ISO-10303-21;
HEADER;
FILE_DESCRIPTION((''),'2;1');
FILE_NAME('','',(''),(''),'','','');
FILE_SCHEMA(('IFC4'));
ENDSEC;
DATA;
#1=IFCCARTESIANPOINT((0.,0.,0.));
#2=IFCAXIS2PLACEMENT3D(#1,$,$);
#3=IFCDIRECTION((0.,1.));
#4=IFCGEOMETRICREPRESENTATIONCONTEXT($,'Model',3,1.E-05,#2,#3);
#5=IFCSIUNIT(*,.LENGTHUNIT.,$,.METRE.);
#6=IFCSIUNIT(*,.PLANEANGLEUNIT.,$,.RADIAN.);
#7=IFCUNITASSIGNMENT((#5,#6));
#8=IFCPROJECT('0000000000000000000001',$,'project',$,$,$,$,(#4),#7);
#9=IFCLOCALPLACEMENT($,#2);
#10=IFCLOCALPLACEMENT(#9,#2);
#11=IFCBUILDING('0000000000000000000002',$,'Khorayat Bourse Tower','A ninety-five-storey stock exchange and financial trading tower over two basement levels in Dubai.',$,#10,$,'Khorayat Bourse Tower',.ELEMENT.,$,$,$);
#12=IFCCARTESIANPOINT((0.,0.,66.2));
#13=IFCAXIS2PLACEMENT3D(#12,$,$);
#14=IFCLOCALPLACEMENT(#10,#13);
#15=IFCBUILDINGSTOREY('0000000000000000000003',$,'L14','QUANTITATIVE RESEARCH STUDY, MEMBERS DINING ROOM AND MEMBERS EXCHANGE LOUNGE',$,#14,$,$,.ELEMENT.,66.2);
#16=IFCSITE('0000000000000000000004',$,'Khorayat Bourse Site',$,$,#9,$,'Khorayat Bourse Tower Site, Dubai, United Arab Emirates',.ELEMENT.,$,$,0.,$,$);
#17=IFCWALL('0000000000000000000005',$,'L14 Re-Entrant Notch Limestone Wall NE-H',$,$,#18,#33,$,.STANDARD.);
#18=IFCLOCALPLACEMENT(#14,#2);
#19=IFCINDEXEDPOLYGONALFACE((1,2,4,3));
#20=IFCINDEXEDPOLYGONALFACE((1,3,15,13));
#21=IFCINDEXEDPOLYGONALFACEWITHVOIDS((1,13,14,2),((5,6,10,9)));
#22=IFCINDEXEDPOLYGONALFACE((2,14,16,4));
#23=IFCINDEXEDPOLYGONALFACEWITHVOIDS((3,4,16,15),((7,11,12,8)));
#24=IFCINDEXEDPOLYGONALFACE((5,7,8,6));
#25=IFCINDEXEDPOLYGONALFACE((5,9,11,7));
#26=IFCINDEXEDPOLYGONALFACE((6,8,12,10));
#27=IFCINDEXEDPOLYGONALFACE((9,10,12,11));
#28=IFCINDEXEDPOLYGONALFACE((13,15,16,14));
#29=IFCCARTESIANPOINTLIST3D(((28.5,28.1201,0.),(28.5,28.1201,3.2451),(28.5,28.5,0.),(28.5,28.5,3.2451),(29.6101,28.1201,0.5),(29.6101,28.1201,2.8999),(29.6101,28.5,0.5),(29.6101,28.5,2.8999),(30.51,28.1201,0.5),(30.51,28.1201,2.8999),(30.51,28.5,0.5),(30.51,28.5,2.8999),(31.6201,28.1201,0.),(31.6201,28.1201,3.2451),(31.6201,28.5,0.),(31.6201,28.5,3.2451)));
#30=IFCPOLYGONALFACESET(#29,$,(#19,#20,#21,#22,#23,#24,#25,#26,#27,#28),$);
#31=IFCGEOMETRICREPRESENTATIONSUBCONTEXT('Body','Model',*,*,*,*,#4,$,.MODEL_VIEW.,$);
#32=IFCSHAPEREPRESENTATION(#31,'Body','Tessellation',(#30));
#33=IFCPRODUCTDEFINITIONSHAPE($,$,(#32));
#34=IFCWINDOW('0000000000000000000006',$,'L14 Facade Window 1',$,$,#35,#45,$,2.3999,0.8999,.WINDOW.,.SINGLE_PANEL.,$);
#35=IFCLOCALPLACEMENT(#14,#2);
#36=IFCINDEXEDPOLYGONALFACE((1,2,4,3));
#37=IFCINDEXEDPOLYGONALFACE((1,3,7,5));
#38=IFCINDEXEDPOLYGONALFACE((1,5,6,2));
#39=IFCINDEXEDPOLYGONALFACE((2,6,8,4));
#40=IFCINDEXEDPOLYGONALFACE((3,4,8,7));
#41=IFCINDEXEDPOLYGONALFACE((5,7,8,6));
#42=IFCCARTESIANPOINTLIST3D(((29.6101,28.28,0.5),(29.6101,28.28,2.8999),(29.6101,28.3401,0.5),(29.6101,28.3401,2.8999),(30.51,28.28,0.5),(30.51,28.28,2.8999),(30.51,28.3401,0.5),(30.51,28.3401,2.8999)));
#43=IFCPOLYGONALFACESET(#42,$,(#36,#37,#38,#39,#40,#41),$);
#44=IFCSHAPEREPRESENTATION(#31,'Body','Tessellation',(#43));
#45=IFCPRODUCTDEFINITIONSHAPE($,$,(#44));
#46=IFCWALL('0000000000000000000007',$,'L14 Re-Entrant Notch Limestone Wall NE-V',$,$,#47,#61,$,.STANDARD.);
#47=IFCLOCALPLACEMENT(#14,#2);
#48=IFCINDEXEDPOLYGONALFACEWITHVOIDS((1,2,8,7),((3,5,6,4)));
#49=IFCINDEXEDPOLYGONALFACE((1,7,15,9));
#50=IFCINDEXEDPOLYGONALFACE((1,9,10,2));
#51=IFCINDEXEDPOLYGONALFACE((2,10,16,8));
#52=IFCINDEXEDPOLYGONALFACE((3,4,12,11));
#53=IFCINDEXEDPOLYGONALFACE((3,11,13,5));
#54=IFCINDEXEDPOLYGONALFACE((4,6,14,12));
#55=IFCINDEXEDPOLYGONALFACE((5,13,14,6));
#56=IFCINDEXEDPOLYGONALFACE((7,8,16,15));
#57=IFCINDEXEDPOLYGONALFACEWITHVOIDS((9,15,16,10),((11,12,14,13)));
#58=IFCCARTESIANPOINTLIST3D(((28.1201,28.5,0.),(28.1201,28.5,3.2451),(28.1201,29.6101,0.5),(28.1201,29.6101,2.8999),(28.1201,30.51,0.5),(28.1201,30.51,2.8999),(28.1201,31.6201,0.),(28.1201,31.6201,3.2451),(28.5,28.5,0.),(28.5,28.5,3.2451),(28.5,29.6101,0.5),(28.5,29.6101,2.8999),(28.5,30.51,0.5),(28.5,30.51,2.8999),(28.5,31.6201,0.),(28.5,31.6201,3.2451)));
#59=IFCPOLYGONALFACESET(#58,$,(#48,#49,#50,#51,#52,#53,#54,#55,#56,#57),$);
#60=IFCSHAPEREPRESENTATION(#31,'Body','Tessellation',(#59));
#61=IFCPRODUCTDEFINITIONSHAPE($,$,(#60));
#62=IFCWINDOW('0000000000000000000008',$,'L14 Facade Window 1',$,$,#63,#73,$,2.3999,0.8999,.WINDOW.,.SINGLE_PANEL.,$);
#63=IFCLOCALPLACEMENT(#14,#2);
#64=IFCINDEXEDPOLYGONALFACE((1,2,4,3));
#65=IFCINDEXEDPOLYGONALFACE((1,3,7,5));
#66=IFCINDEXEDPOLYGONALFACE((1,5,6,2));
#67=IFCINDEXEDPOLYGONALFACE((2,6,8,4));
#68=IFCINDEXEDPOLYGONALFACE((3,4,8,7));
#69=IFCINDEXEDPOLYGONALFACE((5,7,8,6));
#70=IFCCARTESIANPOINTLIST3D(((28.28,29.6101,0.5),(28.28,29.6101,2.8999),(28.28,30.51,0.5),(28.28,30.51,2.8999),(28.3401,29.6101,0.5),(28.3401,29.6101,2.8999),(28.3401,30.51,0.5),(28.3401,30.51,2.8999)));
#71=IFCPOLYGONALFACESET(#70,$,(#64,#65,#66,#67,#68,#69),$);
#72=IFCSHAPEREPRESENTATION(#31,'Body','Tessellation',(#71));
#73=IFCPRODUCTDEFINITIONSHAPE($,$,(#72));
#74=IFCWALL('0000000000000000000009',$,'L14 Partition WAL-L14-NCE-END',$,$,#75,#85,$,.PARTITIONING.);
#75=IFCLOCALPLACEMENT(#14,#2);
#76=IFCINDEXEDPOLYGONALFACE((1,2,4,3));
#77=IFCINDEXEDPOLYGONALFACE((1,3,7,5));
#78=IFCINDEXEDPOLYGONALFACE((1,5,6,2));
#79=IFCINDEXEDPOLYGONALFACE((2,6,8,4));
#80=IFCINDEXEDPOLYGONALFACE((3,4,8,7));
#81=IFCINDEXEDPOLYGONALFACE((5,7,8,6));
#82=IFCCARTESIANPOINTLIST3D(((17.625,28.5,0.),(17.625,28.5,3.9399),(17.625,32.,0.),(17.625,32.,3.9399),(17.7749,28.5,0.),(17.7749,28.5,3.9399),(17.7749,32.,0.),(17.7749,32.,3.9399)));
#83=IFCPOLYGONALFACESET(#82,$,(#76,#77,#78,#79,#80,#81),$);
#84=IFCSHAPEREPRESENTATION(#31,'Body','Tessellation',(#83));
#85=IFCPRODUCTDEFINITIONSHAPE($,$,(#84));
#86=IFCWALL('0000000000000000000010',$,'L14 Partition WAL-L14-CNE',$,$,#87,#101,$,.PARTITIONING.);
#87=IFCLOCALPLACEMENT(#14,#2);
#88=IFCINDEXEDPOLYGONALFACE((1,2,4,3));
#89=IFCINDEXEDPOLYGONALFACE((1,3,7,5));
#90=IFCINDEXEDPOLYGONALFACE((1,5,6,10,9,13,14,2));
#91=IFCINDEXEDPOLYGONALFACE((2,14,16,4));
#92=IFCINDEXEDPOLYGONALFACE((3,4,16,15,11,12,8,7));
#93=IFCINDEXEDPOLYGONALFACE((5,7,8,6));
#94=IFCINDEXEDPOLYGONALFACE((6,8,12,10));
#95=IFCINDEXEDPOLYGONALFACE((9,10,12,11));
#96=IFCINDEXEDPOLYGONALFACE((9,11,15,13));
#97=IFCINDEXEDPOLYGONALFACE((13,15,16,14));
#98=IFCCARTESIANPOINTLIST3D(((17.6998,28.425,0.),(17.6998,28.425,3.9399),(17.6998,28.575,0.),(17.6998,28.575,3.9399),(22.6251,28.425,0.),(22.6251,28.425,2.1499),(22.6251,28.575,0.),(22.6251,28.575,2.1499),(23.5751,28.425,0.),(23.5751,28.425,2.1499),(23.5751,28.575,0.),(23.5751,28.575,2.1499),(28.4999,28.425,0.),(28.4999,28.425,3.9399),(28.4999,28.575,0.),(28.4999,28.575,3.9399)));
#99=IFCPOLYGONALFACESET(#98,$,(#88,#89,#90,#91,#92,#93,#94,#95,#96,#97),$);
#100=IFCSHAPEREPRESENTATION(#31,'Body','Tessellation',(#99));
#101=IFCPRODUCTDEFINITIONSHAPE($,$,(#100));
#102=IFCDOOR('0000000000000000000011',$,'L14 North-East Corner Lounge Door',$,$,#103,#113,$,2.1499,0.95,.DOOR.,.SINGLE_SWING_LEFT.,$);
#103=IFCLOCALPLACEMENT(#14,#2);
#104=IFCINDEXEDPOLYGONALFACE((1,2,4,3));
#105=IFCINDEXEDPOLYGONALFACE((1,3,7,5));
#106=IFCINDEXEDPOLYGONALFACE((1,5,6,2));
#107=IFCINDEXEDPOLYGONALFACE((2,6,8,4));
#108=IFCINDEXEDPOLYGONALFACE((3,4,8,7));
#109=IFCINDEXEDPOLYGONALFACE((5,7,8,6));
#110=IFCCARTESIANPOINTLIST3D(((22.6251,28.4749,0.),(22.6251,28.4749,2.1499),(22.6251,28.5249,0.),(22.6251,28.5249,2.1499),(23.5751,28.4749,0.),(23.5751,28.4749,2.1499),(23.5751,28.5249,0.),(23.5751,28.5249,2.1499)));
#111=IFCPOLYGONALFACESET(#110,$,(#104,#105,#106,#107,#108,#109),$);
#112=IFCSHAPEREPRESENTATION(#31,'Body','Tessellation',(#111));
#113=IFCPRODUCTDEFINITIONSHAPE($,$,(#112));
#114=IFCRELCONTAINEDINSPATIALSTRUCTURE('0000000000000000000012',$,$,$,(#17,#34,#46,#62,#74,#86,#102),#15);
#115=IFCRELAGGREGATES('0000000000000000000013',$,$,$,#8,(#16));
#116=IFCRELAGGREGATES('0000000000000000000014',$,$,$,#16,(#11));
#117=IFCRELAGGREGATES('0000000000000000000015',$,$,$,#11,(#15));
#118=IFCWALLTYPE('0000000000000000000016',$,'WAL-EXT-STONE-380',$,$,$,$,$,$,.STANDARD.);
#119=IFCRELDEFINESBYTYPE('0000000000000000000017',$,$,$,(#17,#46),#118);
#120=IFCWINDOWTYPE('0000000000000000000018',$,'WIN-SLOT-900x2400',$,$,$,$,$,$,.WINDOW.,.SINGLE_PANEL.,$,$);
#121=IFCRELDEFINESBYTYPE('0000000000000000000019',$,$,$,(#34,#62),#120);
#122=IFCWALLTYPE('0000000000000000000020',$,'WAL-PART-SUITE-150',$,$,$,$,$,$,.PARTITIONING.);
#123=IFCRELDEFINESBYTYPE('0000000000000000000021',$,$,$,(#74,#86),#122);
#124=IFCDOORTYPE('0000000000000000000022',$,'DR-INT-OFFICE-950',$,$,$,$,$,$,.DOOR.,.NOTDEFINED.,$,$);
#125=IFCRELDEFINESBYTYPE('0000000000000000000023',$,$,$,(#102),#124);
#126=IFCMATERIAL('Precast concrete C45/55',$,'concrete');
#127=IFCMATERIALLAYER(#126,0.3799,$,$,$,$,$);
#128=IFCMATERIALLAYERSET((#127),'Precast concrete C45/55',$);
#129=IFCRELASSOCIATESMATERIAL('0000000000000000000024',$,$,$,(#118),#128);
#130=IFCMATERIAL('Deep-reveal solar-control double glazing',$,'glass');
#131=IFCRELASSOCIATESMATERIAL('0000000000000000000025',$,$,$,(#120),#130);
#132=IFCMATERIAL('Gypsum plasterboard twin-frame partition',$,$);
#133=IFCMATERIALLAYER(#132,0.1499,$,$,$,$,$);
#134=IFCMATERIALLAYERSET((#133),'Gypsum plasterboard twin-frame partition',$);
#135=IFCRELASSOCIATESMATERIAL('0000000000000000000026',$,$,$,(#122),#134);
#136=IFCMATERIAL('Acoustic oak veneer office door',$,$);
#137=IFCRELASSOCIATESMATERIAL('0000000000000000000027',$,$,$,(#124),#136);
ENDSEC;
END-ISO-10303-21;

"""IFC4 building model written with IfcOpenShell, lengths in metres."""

from ifc_helpers import new_model, si_unit, direction, frame, frame_2d, origin, place, context, subcontext, project, spatial, rectangle, extrude, source, transform, mapped, material, layer, layer_set, type_object, element, fill, save


model = new_model("IFC4")

# Units and contexts
model_context = context("Model", 3, precision=1e-05, world=origin(), true_north=direction((0.0, 1.0)))
body_context = subcontext(model_context, "Body", "Model", "MODEL_VIEW")
ifc_project = project(units=[si_unit("LENGTHUNIT", "METRE"), si_unit("PLANEANGLEUNIT", "RADIAN")], contexts=[model_context])

# Site, building, storey
site_placement = place(None, origin())
site = spatial("IfcSite", under=ifc_project, at=site_placement, Name="Khorayat Bourse Site", LongName="Khorayat Bourse Tower Site, Dubai, United Arab Emirates", CompositionType="ELEMENT", RefElevation=0.0)
building_placement = place(site_placement, origin())
building = spatial("IfcBuilding", under=site, at=building_placement, Name="Khorayat Bourse Tower", Description="A ninety-five-storey stock exchange and financial trading tower over two basement levels in Dubai.", LongName="Khorayat Bourse Tower", CompositionType="ELEMENT")
storey_placement = place(building_placement, frame((0.0, 0.0, 66.2)))
storey = spatial("IfcBuildingStorey", under=building, at=storey_placement, Name="L14", Description="QUANTITATIVE RESEARCH STUDY, MEMBERS DINING ROOM AND MEMBERS EXCHANGE LOUNGE", CompositionType="ELEMENT", Elevation=66.2)

# Walls, openings, windows
ifc_material_1 = material(Name="Precast concrete C45/55", Category="concrete")
ifc_layer_1 = layer(ifc_material_1, 0.3799)
ifc_layer_set_1 = layer_set([ifc_layer_1], Name="Precast concrete C45/55")
wall_type_1 = type_object("IfcWallType", Name="WAL-EXT-STONE-380", PredefinedType="STANDARD", material=ifc_layer_set_1)
shared_shape_1 = source(origin(), body_context, "Body", "SweptSolid", [
    extrude(rectangle(XDim=3.1201, YDim=0.3799, at=frame_2d((1.5601, 0.0))), origin(), (0.0, 0.0, 1.0), 3.2451),
])
wall_1_placement = place(storey_placement, frame((28.5, 28.3101, 0.0), z_axis=(0.0, 0.0, 1.0), x_axis=(1.0, 0.0, 0.0)))
wall_1 = element("IfcWall", 1, at=wall_1_placement, inside=storey, type_object=wall_type_1, Name="L14 Re-Entrant Notch Limestone Wall NE-H", PredefinedType="STANDARD", context=body_context, shape_type="MappedRepresentation", body=[
    mapped(shared_shape_1, transform((0.0, 0.0, 0.0), scale=1.0)),
])
shared_shape_2 = source(origin(), body_context, "Body", "SweptSolid", [
    extrude(rectangle(XDim=0.8999, YDim=2.3999, at=frame_2d((0.45, 1.2))), frame((0.0, 0.2, 0.0), z_axis=(0.0, -1.0, 0.0), x_axis=(1.0, 0.0, 0.0)), (0.0, 0.0, 1.0), 0.3999),
])
opening_1_placement = place(wall_1_placement, frame((1.1101, 0.0, 0.5)))
opening_1 = element("IfcOpeningElement", 2, at=opening_1_placement, cuts=wall_1, PredefinedType="OPENING", context=body_context, shape_type="MappedRepresentation", body=[
    mapped(shared_shape_2, transform((0.0, 0.0, 0.0), scale=1.0)),
])
ifc_material_2 = material(Name="Deep-reveal solar-control double glazing", Category="glass")
window_type = type_object("IfcWindowType", Name="WIN-SLOT-900x2400", PartitioningType="SINGLE_PANEL", PredefinedType="WINDOW", material=ifc_material_2)
shared_shape_3 = source(origin(), body_context, "Body", "SweptSolid", [
    extrude(rectangle(XDim=0.8999, YDim=2.3999, at=frame_2d((0.45, 1.2))), frame((0.0, 0.03, 0.0), z_axis=(0.0, -1.0, 0.0), x_axis=(1.0, 0.0, 0.0)), (0.0, 0.0, 1.0), 0.0601),
])
window_1_placement = place(opening_1_placement, origin())
window_1 = element("IfcWindow", 3, at=window_1_placement, inside=storey, type_object=window_type, Name="L14 Facade Window 1", OverallHeight=2.3999, OverallWidth=0.8999, PartitioningType="SINGLE_PANEL", PredefinedType="WINDOW", context=body_context, shape_type="MappedRepresentation", body=[
    mapped(shared_shape_3, transform((0.0, 0.0, 0.0), scale=1.0)),
])
fill(opening_1, window_1)
wall_2_placement = place(storey_placement, frame((28.3101, 28.5, 0.0), z_axis=(0.0, 0.0, 1.0), x_axis=(0.0, 1.0, 0.0)))
wall_2 = element("IfcWall", 4, at=wall_2_placement, inside=storey, type_object=wall_type_1, Name="L14 Re-Entrant Notch Limestone Wall NE-V", PredefinedType="STANDARD", context=body_context, shape_type="MappedRepresentation", body=[
    mapped(shared_shape_1, transform((0.0, 0.0, 0.0), scale=1.0)),
])
opening_2_placement = place(wall_2_placement, frame((1.1101, 0.0, 0.5)))
opening_2 = element("IfcOpeningElement", 5, at=opening_2_placement, cuts=wall_2, PredefinedType="OPENING", context=body_context, shape_type="MappedRepresentation", body=[
    mapped(shared_shape_2, transform((0.0, 0.0, 0.0), scale=1.0)),
])
window_2_placement = place(opening_2_placement, origin())
window_2 = element("IfcWindow", 6, at=window_2_placement, inside=storey, type_object=window_type, Name="L14 Facade Window 1", OverallHeight=2.3999, OverallWidth=0.8999, PartitioningType="SINGLE_PANEL", PredefinedType="WINDOW", context=body_context, shape_type="MappedRepresentation", body=[
    mapped(shared_shape_3, transform((0.0, 0.0, 0.0), scale=1.0)),
])
fill(opening_2, window_2)

# Wall
ifc_material_3 = material(Name="Gypsum plasterboard twin-frame partition")
ifc_layer_2 = layer(ifc_material_3, 0.1499)
ifc_layer_set_2 = layer_set([ifc_layer_2], Name="Gypsum plasterboard twin-frame partition")
wall_type_2 = type_object("IfcWallType", Name="WAL-PART-SUITE-150", PredefinedType="PARTITIONING", material=ifc_layer_set_2)
shared_shape_4 = source(origin(), body_context, "Body", "SweptSolid", [
    extrude(rectangle(XDim=3.5, YDim=0.1499, at=frame_2d((1.75, 0.0))), origin(), (0.0, 0.0, 1.0), 3.9399),
])
wall_3_placement = place(storey_placement, frame((17.7, 28.5, 0.0), z_axis=(0.0, 0.0, 1.0), x_axis=(0.0, 1.0, 0.0)))
element("IfcWall", 7, at=wall_3_placement, inside=storey, type_object=wall_type_2, Name="L14 Partition WAL-L14-NCE-END", PredefinedType="PARTITIONING", context=body_context, shape_type="MappedRepresentation", body=[
    mapped(shared_shape_4, transform((0.0, 0.0, 0.0), scale=1.0)),
])

# Wall, opening, door
shared_shape_5 = source(origin(), body_context, "Body", "SweptSolid", [
    extrude(rectangle(XDim=10.8, YDim=0.1499, at=frame_2d((5.3999, 0.0))), origin(), (0.0, 0.0, 1.0), 3.9399),
])
wall_4_placement = place(storey_placement, frame((17.7, 28.5, 0.0), z_axis=(0.0, 0.0, 1.0), x_axis=(1.0, 0.0, 0.0)))
wall_4 = element("IfcWall", 8, at=wall_4_placement, inside=storey, type_object=wall_type_2, Name="L14 Partition WAL-L14-CNE", PredefinedType="PARTITIONING", context=body_context, shape_type="MappedRepresentation", body=[
    mapped(shared_shape_5, transform((0.0, 0.0, 0.0), scale=1.0)),
])
shared_shape_6 = source(origin(), body_context, "Body", "SweptSolid", [
    extrude(rectangle(XDim=0.95, YDim=2.1499, at=frame_2d((0.4751, 1.075))), frame((0.0, 0.085, 0.0), z_axis=(0.0, -1.0, 0.0), x_axis=(1.0, 0.0, 0.0)), (0.0, 0.0, 1.0), 0.1699),
])
opening_3_placement = place(wall_4_placement, frame((4.925, 0.0, 0.0)))
opening_3 = element("IfcOpeningElement", 9, at=opening_3_placement, cuts=wall_4, PredefinedType="OPENING", context=body_context, shape_type="MappedRepresentation", body=[
    mapped(shared_shape_6, transform((0.0, 0.0, 0.0), scale=1.0)),
])
ifc_material_4 = material(Name="Acoustic oak veneer office door")
door_type = type_object("IfcDoorType", Name="DR-INT-OFFICE-950", OperationType="NOTDEFINED", PredefinedType="DOOR", material=ifc_material_4)
shared_shape_7 = source(origin(), body_context, "Body", "SweptSolid", [
    extrude(rectangle(XDim=0.95, YDim=2.1499, at=frame_2d((0.4751, 1.075))), frame((0.0, 0.0249, 0.0), z_axis=(0.0, -1.0, 0.0), x_axis=(1.0, 0.0, 0.0)), (0.0, 0.0, 1.0), 0.05),
])
door_placement = place(opening_3_placement, origin())
door = element("IfcDoor", 10, at=door_placement, inside=storey, type_object=door_type, Name="L14 North-East Corner Lounge Door", OperationType="SINGLE_SWING_LEFT", OverallHeight=2.1499, OverallWidth=0.95, PredefinedType="DOOR", context=body_context, shape_type="MappedRepresentation", body=[
    mapped(shared_shape_7, transform((0.0, 0.0, 0.0), scale=1.0)),
])
fill(opening_3, door)

save(model, "model.ifc")
